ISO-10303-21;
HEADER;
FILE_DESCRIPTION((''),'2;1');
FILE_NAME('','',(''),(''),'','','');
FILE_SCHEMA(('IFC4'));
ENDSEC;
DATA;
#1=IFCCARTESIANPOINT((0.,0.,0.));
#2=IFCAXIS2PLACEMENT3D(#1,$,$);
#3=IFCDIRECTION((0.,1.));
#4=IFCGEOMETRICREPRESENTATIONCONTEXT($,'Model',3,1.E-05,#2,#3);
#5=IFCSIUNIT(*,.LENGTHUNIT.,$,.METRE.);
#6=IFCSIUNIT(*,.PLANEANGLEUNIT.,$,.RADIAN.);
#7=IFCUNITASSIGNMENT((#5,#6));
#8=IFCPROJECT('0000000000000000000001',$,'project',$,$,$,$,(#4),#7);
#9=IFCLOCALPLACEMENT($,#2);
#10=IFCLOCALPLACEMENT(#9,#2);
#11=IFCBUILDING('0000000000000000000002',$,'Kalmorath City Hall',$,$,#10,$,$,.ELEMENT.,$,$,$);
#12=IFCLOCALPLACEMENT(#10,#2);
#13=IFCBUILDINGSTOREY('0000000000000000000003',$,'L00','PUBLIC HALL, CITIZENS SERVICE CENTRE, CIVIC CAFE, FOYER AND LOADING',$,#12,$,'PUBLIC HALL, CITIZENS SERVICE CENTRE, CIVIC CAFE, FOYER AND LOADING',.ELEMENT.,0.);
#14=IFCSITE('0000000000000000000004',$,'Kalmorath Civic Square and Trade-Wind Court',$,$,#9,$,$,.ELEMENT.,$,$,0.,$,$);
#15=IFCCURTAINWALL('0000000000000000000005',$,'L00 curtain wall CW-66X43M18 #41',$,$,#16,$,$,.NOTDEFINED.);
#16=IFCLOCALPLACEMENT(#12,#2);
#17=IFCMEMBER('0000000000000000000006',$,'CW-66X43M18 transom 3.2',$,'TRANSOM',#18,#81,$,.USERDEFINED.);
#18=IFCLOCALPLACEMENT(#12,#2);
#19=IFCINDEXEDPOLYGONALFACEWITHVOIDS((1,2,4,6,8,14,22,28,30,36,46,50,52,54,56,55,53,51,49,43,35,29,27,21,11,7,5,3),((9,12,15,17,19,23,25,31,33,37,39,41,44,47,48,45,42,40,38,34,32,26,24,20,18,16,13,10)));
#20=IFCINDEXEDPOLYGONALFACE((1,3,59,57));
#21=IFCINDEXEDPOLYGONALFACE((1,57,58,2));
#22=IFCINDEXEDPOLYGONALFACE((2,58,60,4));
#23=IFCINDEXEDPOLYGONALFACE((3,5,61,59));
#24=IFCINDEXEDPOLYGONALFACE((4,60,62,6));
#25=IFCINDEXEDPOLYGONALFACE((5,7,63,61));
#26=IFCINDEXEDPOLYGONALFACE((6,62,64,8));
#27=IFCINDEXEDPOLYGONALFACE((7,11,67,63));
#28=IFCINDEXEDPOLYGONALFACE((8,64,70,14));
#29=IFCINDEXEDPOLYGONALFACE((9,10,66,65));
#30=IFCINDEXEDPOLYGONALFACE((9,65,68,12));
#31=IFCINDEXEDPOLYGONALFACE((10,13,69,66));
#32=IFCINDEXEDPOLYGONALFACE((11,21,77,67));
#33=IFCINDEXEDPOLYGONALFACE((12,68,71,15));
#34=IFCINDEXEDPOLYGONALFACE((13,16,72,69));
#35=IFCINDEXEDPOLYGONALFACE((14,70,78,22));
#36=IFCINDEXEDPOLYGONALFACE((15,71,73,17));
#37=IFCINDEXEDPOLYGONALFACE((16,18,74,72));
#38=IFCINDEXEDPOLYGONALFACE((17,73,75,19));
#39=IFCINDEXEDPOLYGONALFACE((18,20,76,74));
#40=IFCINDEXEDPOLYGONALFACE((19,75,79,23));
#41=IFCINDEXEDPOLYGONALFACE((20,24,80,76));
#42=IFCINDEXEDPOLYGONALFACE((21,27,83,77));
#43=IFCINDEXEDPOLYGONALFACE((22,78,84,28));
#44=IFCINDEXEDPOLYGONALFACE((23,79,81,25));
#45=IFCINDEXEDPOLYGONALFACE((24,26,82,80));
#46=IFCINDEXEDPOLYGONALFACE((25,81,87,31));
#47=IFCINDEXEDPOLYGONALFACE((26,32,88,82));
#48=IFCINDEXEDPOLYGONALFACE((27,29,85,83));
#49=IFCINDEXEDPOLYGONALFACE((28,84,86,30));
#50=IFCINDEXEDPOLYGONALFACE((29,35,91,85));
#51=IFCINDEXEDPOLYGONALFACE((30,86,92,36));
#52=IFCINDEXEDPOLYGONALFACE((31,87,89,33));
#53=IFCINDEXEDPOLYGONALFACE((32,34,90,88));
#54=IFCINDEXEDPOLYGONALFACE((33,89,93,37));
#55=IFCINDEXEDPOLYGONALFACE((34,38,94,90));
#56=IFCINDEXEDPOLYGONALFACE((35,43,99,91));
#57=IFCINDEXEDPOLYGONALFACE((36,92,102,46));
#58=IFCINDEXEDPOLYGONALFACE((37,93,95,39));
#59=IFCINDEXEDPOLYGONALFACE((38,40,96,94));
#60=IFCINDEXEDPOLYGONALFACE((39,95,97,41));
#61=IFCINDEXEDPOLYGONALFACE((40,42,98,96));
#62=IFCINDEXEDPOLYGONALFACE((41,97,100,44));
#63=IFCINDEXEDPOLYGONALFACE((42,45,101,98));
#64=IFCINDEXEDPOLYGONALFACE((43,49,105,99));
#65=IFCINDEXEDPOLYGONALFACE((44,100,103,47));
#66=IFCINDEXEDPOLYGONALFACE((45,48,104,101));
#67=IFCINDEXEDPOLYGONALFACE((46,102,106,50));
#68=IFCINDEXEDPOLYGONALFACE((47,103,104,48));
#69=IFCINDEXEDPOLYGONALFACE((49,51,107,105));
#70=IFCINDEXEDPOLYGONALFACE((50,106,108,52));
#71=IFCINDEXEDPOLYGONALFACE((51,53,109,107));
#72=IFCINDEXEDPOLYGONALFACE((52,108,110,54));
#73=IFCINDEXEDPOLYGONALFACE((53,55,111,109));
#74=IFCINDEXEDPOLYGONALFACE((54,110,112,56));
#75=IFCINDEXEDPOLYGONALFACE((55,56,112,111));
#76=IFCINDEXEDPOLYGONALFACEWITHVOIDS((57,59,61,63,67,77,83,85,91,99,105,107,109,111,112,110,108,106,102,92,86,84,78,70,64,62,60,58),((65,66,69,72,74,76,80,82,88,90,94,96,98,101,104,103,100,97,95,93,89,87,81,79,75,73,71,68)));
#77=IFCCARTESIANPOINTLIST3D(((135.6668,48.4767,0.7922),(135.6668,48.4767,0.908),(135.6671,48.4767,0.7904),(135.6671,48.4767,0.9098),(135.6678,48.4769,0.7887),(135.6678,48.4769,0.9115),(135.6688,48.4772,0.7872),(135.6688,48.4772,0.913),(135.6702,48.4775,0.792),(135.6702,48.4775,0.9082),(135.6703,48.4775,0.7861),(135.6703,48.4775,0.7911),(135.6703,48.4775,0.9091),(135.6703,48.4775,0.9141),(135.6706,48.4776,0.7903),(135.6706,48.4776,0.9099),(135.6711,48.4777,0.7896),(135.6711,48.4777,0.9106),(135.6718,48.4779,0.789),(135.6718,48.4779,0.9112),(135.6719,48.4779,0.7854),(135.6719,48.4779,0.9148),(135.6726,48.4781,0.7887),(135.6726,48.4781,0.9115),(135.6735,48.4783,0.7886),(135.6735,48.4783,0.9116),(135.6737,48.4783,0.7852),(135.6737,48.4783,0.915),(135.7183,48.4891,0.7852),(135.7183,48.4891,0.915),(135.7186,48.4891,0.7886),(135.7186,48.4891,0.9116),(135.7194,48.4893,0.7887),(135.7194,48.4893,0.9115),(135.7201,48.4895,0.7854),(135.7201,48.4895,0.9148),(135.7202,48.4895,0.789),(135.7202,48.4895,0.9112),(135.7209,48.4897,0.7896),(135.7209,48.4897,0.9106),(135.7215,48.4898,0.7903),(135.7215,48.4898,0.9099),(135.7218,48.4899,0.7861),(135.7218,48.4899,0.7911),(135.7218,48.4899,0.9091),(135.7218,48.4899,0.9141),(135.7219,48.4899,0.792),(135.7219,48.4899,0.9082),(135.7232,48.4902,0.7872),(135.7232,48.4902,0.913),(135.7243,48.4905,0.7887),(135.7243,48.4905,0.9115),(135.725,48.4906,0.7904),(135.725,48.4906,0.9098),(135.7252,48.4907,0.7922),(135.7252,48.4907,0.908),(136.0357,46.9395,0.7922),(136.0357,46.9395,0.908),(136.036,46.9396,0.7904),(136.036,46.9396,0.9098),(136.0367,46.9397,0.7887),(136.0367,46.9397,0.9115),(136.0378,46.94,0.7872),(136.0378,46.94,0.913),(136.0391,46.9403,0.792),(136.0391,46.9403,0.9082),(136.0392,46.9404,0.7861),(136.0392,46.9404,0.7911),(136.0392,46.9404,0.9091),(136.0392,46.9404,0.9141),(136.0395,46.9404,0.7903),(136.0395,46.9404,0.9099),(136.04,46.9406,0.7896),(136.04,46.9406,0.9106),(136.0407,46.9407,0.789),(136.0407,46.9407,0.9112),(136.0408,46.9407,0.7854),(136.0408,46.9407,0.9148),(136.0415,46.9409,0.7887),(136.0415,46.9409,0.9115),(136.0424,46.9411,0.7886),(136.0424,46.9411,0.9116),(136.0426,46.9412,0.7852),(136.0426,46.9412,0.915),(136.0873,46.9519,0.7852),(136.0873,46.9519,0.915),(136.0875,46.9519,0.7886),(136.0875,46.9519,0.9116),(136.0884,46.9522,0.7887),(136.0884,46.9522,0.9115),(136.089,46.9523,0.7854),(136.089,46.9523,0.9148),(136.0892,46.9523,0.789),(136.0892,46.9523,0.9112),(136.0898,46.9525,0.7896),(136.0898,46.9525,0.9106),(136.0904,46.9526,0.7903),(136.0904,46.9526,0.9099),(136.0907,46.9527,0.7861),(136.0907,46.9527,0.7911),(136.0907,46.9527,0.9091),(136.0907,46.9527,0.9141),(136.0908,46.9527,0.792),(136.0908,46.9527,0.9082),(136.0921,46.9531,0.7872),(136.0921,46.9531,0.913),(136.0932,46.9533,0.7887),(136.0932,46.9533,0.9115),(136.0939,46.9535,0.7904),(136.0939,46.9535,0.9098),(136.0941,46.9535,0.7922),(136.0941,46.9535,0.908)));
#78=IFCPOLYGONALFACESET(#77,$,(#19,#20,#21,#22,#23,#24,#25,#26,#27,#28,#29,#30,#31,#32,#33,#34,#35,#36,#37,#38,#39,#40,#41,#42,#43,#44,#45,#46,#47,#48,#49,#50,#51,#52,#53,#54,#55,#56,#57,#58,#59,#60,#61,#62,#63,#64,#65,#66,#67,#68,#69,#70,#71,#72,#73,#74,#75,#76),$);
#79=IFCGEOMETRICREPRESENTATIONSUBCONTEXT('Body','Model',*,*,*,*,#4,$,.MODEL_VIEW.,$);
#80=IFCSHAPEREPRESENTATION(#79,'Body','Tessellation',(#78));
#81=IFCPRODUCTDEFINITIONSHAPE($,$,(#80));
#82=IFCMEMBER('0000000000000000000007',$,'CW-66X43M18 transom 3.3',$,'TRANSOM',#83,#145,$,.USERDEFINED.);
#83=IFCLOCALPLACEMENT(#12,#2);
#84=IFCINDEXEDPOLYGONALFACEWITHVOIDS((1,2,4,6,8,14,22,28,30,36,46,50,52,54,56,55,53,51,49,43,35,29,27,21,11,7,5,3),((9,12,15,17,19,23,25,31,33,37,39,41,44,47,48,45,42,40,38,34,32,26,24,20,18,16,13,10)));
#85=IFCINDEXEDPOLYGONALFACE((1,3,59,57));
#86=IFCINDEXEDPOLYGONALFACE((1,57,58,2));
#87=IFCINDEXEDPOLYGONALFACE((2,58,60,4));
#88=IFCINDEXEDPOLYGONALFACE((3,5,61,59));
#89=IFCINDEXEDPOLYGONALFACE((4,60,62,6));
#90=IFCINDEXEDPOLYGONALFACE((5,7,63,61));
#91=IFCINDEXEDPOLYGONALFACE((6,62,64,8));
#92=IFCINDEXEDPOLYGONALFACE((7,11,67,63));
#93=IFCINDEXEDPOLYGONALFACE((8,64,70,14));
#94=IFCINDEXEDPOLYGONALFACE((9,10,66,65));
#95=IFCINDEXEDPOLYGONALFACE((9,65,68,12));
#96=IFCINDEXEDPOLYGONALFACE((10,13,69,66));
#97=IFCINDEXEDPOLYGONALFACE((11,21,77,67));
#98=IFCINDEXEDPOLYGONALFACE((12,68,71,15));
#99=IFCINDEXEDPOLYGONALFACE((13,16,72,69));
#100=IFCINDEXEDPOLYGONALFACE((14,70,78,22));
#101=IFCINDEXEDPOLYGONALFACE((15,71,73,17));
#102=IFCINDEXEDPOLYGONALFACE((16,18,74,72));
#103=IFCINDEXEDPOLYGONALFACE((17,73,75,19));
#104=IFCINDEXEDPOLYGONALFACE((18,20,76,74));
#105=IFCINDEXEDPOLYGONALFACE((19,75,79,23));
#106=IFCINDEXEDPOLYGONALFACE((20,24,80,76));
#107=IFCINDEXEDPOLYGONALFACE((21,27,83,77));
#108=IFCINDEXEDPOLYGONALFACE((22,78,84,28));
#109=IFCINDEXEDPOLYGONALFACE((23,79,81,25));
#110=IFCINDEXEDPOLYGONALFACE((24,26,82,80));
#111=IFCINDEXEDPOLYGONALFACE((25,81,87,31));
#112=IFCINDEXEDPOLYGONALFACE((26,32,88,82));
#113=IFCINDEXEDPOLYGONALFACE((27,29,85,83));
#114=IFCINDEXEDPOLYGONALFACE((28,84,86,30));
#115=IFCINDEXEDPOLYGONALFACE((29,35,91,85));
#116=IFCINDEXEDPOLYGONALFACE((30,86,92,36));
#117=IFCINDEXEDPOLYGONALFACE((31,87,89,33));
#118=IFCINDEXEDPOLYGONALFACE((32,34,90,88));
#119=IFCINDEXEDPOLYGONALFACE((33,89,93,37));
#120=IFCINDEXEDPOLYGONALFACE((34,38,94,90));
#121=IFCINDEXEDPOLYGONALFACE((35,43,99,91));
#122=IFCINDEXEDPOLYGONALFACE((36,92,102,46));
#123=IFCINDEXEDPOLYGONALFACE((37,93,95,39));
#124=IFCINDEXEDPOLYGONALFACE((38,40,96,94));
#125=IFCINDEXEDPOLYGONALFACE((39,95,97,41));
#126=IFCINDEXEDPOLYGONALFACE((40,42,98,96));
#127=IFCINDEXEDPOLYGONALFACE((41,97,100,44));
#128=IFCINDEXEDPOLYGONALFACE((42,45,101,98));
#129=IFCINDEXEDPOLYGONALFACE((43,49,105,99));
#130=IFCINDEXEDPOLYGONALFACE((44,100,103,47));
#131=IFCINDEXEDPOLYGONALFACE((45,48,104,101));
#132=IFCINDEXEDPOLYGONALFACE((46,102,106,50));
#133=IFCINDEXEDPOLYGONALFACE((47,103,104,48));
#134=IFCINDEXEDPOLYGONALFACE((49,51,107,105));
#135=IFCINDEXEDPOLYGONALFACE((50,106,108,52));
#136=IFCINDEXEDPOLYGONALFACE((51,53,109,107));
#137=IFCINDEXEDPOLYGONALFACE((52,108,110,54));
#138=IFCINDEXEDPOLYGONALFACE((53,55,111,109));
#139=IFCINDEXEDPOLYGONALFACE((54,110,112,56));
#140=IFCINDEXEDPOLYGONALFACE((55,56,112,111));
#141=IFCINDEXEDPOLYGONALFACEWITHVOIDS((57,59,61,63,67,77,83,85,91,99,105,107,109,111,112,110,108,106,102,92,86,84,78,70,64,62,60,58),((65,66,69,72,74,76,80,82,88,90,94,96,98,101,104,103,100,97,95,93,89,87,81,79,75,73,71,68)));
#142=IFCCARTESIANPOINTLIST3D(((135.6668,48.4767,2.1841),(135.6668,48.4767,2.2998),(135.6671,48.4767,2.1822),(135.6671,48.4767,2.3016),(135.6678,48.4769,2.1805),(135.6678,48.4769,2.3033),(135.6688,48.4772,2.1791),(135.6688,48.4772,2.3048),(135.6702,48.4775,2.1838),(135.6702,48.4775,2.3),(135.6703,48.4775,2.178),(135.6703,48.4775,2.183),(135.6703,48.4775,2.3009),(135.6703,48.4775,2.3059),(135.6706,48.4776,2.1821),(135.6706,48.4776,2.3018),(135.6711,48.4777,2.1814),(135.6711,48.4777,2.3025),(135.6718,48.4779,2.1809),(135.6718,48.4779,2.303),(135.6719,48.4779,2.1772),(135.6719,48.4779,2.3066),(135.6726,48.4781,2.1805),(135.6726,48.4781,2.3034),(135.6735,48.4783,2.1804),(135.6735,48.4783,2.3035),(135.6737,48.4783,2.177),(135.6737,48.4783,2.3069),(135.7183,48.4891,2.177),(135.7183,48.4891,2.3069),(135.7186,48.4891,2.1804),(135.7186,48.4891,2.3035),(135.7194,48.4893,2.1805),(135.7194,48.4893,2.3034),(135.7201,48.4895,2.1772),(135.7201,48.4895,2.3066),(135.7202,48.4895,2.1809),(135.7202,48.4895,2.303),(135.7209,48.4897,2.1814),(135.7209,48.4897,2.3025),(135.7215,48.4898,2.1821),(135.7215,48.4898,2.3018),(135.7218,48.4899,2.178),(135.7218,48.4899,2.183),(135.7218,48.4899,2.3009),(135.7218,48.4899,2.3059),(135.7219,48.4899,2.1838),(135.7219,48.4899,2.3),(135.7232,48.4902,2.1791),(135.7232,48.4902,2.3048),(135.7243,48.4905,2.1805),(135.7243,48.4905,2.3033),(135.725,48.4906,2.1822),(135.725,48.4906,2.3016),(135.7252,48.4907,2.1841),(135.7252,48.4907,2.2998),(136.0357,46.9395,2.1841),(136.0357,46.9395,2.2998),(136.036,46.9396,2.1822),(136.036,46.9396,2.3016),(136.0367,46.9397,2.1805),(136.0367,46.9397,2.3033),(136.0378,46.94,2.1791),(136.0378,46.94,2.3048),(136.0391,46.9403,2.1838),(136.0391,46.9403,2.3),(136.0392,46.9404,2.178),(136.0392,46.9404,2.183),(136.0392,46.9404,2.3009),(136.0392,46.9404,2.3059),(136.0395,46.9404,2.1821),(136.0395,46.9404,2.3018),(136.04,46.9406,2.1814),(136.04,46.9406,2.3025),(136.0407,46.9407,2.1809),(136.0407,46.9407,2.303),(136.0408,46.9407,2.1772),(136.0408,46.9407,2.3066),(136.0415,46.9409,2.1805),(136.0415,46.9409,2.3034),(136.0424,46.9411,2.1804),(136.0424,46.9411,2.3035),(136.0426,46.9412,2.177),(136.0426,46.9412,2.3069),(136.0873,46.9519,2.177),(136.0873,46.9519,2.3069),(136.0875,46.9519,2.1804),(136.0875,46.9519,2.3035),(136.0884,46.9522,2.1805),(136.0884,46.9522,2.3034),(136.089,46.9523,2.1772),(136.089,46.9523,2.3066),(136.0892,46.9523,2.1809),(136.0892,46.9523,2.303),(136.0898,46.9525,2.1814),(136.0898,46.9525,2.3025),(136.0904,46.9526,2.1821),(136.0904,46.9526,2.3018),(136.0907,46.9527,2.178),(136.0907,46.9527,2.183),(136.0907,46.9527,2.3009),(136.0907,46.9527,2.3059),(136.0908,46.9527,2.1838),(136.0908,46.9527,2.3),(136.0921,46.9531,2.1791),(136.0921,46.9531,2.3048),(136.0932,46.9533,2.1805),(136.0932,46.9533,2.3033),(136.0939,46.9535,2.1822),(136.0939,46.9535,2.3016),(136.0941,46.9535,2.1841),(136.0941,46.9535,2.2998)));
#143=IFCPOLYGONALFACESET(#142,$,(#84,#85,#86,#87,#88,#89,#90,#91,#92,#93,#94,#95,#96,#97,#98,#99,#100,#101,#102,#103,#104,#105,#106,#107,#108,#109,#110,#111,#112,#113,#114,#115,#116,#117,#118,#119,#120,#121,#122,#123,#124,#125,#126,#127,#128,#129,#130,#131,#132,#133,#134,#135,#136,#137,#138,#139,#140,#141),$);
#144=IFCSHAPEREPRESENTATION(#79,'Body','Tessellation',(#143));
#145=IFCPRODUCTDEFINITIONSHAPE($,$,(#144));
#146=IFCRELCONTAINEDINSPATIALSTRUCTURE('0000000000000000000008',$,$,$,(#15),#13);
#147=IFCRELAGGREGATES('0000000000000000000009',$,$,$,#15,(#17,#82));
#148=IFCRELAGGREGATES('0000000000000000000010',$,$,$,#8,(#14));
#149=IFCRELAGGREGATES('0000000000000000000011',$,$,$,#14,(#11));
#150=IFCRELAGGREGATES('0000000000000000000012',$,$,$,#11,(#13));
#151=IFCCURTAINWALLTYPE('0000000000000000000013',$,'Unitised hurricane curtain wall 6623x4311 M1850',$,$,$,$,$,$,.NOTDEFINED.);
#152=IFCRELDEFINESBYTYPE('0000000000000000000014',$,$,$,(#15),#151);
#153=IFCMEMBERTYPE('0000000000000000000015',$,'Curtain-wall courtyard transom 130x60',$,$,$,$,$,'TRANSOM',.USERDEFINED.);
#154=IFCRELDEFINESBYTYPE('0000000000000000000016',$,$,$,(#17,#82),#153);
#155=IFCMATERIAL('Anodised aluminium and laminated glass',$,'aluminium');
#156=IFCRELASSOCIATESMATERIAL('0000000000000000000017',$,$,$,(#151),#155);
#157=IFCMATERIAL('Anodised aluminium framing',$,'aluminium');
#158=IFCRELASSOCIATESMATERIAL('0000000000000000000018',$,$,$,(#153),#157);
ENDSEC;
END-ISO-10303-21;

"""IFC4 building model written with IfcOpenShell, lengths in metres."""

from ifc_helpers import new_model, si_unit, direction, frame, origin, origin_2d, place, context, subcontext, project, spatial, hollow_rectangle, extrude, material, material_profile, profile_set, type_object, element, aggregate, save


model = new_model("IFC4")

# Units and contexts
model_context = context("Model", 3, precision=1e-05, world=origin(), true_north=direction((0.0, 1.0)))
body_context = subcontext(model_context, "Body", "Model", "MODEL_VIEW")
ifc_project = project(units=[si_unit("LENGTHUNIT", "METRE"), si_unit("PLANEANGLEUNIT", "RADIAN")], contexts=[model_context])

# Site, building, storey
site_placement = place(None, origin())
site = spatial("IfcSite", under=ifc_project, at=site_placement, Name="Kalmorath Civic Square and Trade-Wind Court", CompositionType="ELEMENT", RefElevation=0.0)
building_placement = place(site_placement, origin())
building = spatial("IfcBuilding", under=site, at=building_placement, Name="Kalmorath City Hall", CompositionType="ELEMENT")
storey_placement = place(building_placement, origin())
storey = spatial("IfcBuildingStorey", under=building, at=storey_placement, Name="L00", Description="PUBLIC HALL, CITIZENS SERVICE CENTRE, CIVIC CAFE, FOYER AND LOADING", LongName="PUBLIC HALL, CITIZENS SERVICE CENTRE, CIVIC CAFE, FOYER AND LOADING", CompositionType="ELEMENT", Elevation=0.0)

# Curtain wall, members
ifc_material_1 = material(Name="Anodised aluminium and laminated glass", Category="aluminium")
curtain_wall_type = type_object("IfcCurtainWallType", Name="Unitised hurricane curtain wall 6623x4311 M1850", PredefinedType="NOTDEFINED", material=ifc_material_1)
curtain_wall_placement = place(storey_placement, origin())
curtain_wall = element("IfcCurtainWall", 1, at=curtain_wall_placement, inside=storey, type_object=curtain_wall_type, Name="L00 curtain wall CW-66X43M18 #41", PredefinedType="NOTDEFINED")
ifc_material_2 = material(Name="Anodised aluminium framing", Category="aluminium")
ifc_material_profile_1 = material_profile(ifc_material_2, hollow_rectangle(XDim=0.0601, YDim=0.1299, WallThickness=0.0034, InnerFilletRadius=0.0034, OuterFilletRadius=0.0071, at=origin_2d()), Name="ALU-TRN-130X60X3.5")
ifc_profile_set_1 = profile_set([ifc_material_profile_1], Name="Anodised aluminium framing")
member_type_1 = type_object("IfcMemberType", Name="Curtain-wall courtyard transom 130x60", ElementType="TRANSOM", PredefinedType="USERDEFINED", material=ifc_profile_set_1)
member_1_placement = place(storey_placement, frame((136.0649, 46.9465, 0.8501), z_axis=(-0.233367, 0.972389, 0.0), x_axis=(-0.972389, -0.233367, 0.0)))
member_1 = element("IfcMember", 2, at=member_1_placement, type_object=member_type_1, Name="CW-66X43M18 transom 3.2", ObjectType="TRANSOM", PredefinedType="USERDEFINED", context=body_context, shape_type="SweptSolid", body=[
    extrude(hollow_rectangle(XDim=0.0601, YDim=0.1299, WallThickness=0.0034, InnerFilletRadius=0.0034, OuterFilletRadius=0.0071, at=origin_2d()), origin(), (0.0, 0.0, 1.0), 1.5808),
])
member_2_placement = place(storey_placement, frame((136.0649, 46.9465, 2.2419), z_axis=(-0.233367, 0.972389, 0.0), x_axis=(-0.972389, -0.233367, 0.0)))
member_2 = element("IfcMember", 3, at=member_2_placement, type_object=member_type_1, Name="CW-66X43M18 transom 3.3", ObjectType="TRANSOM", PredefinedType="USERDEFINED", context=body_context, shape_type="SweptSolid", body=[
    extrude(hollow_rectangle(XDim=0.0601, YDim=0.1299, WallThickness=0.0034, InnerFilletRadius=0.0034, OuterFilletRadius=0.0071, at=origin_2d()), origin(), (0.0, 0.0, 1.0), 1.5808),
])

aggregate(curtain_wall, [member_1, member_2])

save(model, "model.ifc")
